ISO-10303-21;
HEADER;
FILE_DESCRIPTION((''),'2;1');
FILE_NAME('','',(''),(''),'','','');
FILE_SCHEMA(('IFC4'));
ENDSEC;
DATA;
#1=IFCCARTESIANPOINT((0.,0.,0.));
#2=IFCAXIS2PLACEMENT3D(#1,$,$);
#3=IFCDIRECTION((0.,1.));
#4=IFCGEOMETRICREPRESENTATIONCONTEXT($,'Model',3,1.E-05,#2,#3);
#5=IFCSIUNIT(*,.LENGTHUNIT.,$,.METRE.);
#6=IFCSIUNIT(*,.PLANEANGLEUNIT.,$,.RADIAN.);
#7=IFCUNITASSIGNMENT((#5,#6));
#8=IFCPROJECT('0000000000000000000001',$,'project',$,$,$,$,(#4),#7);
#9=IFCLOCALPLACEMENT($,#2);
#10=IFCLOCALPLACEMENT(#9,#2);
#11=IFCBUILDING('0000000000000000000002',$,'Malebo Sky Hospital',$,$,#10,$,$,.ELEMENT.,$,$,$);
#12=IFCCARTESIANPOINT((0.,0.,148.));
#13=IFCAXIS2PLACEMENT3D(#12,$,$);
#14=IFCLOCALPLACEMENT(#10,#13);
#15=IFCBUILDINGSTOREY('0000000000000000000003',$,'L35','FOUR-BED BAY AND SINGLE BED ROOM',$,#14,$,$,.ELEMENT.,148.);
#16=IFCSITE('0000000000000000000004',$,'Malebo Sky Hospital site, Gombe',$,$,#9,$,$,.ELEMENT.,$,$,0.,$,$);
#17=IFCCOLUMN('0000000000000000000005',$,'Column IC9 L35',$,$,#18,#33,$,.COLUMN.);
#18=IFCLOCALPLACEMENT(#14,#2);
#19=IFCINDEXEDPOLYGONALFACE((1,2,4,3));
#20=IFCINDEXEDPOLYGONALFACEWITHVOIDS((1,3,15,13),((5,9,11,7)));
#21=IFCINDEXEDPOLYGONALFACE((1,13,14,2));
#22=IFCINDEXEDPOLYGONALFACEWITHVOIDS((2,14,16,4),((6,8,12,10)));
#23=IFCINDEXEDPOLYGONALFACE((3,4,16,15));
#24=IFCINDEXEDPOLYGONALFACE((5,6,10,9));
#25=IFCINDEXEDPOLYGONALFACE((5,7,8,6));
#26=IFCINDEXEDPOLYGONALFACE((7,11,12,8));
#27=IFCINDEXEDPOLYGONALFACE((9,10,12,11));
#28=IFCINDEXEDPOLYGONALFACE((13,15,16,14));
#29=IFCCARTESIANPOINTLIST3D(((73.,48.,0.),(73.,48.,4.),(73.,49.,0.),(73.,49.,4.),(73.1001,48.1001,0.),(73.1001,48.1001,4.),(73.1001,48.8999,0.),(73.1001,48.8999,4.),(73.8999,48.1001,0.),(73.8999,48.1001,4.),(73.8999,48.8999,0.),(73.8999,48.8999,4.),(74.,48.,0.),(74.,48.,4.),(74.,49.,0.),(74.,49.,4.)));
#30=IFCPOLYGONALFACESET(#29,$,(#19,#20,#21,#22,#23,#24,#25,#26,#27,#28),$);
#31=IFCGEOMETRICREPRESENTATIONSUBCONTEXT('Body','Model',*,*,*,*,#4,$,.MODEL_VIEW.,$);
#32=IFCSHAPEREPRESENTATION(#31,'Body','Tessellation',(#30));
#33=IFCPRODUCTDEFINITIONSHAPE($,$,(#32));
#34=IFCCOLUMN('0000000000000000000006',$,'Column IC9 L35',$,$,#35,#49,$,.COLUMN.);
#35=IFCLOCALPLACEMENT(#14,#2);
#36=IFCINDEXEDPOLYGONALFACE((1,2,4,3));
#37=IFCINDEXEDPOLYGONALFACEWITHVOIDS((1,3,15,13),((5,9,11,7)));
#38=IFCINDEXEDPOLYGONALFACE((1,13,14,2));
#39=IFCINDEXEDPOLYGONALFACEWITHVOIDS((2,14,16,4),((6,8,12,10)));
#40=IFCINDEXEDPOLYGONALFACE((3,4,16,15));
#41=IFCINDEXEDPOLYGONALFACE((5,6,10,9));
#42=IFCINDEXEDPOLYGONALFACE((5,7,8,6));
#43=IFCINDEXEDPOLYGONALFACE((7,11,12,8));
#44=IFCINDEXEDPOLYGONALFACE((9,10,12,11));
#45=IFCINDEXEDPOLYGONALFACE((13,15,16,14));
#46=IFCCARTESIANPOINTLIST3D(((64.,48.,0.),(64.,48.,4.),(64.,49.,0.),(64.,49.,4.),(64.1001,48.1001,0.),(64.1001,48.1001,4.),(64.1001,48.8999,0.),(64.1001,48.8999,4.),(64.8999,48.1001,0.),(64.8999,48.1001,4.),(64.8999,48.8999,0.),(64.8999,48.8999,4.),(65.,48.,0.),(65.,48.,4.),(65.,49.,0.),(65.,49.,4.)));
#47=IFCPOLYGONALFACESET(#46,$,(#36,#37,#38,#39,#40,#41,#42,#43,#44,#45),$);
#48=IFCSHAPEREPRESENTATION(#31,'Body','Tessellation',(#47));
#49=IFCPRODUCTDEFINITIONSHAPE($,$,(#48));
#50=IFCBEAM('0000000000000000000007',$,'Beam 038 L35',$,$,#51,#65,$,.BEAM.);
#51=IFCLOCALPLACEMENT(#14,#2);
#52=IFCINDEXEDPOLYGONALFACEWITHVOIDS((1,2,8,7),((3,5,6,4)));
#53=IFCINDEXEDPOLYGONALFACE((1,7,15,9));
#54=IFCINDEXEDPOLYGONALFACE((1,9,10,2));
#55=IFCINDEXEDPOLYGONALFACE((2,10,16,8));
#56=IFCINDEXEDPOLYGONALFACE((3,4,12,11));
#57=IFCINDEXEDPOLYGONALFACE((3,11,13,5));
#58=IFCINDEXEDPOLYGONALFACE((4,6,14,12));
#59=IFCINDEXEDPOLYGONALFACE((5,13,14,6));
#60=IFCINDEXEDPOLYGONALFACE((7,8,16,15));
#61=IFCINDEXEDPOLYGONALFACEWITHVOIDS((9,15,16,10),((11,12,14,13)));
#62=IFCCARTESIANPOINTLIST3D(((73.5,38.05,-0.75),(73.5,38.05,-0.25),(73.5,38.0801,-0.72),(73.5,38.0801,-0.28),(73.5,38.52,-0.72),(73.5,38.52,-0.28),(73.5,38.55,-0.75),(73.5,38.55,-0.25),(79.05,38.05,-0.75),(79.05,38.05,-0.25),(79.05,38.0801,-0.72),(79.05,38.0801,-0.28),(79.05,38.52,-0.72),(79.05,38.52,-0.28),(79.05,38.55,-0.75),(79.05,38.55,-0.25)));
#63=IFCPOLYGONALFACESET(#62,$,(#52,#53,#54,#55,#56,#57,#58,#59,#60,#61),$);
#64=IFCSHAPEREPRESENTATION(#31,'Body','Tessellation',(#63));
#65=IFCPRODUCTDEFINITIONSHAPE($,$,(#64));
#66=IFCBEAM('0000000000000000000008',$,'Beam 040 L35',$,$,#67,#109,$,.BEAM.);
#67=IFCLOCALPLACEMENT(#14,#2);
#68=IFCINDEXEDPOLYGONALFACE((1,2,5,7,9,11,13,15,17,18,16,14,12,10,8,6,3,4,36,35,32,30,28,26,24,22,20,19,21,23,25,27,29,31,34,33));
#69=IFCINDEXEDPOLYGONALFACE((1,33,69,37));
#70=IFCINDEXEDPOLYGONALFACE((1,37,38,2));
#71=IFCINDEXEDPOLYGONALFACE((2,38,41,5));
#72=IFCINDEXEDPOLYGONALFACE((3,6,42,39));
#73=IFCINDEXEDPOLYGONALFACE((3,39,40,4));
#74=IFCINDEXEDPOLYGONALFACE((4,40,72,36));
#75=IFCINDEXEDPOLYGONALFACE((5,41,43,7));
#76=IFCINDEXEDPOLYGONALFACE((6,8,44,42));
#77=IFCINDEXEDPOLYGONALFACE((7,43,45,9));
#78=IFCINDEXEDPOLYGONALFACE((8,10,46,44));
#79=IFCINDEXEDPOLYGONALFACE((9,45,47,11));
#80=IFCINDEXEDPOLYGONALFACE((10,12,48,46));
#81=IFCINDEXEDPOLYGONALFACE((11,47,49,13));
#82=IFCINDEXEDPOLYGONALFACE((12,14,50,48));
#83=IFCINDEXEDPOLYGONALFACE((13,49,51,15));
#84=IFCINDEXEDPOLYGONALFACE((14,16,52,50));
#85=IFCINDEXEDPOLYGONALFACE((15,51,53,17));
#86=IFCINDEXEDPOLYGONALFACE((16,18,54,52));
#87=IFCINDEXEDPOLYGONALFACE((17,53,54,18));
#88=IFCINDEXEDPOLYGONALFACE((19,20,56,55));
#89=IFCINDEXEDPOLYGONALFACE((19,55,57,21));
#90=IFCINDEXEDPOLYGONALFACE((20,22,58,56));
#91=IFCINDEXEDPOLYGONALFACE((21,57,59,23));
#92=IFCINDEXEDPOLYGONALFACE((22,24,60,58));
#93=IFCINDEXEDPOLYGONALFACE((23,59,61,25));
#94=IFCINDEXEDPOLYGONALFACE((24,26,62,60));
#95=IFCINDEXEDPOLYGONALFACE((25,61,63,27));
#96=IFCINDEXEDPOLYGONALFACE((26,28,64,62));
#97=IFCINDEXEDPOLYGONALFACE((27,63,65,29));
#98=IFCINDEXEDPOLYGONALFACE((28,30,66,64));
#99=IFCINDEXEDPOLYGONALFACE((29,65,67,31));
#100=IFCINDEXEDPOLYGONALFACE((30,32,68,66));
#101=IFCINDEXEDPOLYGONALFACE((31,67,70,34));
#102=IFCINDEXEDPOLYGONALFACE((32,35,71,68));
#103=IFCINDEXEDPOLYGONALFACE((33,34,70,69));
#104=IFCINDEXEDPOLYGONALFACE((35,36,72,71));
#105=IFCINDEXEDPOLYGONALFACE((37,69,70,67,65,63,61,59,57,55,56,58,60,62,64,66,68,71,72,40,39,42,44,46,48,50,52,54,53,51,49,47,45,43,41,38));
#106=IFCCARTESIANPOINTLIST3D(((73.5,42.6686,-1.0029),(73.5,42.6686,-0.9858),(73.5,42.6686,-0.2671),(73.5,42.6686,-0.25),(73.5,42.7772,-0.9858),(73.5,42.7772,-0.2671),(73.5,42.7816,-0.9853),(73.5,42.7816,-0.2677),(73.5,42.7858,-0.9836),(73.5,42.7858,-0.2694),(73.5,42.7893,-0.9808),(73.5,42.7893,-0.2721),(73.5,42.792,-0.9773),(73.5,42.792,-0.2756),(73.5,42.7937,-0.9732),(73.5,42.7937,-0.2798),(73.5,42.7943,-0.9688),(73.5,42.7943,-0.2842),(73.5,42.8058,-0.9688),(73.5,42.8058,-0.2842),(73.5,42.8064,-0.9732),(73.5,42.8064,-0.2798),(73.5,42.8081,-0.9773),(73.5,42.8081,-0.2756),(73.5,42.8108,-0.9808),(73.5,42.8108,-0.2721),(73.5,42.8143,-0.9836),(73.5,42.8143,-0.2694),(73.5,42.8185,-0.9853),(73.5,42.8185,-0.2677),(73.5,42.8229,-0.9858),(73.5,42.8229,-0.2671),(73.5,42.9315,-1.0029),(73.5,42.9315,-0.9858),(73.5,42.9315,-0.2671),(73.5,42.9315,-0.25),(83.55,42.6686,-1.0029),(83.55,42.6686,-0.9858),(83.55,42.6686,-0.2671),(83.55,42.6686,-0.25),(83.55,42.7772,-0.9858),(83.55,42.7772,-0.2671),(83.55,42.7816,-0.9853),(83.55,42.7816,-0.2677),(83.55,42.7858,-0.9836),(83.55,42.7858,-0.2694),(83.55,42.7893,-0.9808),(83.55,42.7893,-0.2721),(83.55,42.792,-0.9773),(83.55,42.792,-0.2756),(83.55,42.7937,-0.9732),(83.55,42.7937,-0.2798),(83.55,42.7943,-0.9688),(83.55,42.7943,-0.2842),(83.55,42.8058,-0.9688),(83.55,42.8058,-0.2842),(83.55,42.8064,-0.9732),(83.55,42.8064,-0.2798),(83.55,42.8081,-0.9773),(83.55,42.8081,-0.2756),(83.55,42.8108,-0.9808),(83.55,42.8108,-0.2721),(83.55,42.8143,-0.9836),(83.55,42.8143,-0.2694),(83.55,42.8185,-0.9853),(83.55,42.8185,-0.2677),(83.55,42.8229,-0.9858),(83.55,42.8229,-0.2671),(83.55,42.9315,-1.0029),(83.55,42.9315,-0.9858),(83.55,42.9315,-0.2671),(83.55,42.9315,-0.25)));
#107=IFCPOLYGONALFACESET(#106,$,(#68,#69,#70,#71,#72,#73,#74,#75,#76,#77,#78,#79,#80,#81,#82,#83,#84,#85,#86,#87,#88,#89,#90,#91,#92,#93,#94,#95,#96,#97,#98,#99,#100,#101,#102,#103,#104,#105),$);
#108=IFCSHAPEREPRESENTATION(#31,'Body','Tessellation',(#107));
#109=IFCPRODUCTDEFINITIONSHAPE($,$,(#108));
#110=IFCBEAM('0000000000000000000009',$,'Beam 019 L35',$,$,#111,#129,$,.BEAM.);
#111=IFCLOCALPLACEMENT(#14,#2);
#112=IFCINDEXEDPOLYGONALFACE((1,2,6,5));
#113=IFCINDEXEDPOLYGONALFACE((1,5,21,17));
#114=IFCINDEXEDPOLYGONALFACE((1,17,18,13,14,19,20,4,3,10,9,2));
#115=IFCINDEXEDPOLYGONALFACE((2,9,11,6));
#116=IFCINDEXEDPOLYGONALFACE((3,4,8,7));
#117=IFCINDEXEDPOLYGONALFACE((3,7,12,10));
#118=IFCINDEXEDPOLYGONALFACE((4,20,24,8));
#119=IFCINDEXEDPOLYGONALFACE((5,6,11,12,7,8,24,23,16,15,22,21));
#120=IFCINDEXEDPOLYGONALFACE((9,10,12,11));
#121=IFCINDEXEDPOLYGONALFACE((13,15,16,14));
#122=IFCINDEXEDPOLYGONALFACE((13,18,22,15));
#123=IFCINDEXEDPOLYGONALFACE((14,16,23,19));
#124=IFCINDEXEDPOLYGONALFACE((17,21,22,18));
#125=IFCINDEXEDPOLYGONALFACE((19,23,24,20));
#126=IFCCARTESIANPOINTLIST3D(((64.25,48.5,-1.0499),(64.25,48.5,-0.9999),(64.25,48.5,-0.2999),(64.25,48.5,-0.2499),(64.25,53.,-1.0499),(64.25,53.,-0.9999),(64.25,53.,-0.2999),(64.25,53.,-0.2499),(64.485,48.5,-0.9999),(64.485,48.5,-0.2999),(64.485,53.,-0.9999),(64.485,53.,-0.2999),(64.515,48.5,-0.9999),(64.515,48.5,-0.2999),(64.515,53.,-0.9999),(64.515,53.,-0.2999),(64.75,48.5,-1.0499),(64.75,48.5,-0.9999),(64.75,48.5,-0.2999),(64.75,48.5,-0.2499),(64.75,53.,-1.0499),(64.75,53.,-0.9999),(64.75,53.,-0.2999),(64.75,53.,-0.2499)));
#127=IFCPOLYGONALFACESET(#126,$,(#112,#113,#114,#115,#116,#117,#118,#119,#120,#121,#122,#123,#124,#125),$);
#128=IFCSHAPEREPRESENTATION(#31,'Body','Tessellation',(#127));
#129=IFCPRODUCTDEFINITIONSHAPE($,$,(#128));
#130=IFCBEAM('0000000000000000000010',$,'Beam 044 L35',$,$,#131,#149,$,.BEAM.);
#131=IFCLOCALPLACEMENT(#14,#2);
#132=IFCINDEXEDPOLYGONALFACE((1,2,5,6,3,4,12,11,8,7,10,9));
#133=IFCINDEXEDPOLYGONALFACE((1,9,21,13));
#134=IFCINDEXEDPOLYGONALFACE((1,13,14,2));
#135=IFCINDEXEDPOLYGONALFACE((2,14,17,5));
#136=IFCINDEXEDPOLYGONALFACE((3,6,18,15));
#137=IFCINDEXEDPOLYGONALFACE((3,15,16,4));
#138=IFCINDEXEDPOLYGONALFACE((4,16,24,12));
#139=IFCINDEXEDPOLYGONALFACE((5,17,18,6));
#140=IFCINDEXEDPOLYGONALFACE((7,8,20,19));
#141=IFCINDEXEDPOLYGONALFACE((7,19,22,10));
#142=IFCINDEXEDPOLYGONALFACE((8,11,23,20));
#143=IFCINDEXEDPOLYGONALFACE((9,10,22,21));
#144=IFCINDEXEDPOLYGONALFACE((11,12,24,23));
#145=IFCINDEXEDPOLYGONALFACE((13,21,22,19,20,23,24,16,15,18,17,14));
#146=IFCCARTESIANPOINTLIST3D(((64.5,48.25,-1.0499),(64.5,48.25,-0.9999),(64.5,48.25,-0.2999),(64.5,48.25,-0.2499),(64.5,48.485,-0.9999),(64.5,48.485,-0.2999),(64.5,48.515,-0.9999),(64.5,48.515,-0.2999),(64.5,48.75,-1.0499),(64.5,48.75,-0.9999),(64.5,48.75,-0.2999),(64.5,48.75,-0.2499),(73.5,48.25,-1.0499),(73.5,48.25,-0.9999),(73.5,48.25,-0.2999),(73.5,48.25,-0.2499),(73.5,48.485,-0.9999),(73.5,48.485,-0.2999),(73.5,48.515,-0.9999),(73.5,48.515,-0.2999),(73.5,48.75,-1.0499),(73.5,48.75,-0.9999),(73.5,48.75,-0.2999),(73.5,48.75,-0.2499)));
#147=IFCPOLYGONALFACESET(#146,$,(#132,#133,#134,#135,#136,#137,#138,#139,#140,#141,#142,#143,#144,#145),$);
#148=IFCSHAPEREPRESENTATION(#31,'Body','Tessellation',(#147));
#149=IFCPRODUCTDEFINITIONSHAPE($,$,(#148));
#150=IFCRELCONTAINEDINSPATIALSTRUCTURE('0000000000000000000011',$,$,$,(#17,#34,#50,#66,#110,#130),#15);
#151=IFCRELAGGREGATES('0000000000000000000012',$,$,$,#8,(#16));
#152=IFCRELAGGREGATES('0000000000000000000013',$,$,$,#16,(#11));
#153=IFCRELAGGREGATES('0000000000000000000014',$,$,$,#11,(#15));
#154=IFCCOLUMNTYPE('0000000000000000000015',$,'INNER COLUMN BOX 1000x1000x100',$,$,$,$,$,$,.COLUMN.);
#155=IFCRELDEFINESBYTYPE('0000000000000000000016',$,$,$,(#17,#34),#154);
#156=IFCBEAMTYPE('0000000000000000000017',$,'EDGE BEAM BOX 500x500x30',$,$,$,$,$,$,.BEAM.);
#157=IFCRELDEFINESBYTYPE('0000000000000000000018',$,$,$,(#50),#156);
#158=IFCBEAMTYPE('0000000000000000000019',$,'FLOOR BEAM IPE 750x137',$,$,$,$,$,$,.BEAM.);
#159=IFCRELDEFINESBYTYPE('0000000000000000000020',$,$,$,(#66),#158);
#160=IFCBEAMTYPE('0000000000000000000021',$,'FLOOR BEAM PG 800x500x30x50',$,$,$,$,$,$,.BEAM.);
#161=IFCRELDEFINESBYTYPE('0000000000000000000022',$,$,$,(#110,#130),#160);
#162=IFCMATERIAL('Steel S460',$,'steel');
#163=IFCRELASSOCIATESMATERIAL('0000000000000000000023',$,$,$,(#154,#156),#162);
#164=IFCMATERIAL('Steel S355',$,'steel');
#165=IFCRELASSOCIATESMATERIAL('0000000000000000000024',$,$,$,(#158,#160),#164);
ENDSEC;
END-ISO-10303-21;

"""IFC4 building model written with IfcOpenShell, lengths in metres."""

from ifc_helpers import new_model, si_unit, direction, frame, origin, origin_2d, place, context, subcontext, project, spatial, hollow_rectangle, i_section, extrude, material, material_profile, profile_set, type_object, element, save


model = new_model("IFC4")

# Units and contexts
model_context = context("Model", 3, precision=1e-05, world=origin(), true_north=direction((0.0, 1.0)))
body_context = subcontext(model_context, "Body", "Model", "MODEL_VIEW")
ifc_project = project(units=[si_unit("LENGTHUNIT", "METRE"), si_unit("PLANEANGLEUNIT", "RADIAN")], contexts=[model_context])

# Site, building, storey
site_placement = place(None, origin())
site = spatial("IfcSite", under=ifc_project, at=site_placement, Name="Malebo Sky Hospital site, Gombe", CompositionType="ELEMENT", RefElevation=0.0)
building_placement = place(site_placement, origin())
building = spatial("IfcBuilding", under=site, at=building_placement, Name="Malebo Sky Hospital", CompositionType="ELEMENT")
storey_placement = place(building_placement, frame((0.0, 0.0, 148.0)))
storey = spatial("IfcBuildingStorey", under=building, at=storey_placement, Name="L35", Description="FOUR-BED BAY AND SINGLE BED ROOM", CompositionType="ELEMENT", Elevation=148.0)

# Columns
ifc_material_1 = material(Name="Steel S460", Category="steel")
ifc_material_profile_1 = material_profile(ifc_material_1, hollow_rectangle(XDim=1.0, YDim=1.0, WallThickness=0.1001, at=origin_2d()), Name="BOX 1000x1000x100")
ifc_profile_set_1 = profile_set([ifc_material_profile_1], Name="Steel S460")
column_type = type_object("IfcColumnType", Name="INNER COLUMN BOX 1000x1000x100", PredefinedType="COLUMN", material=ifc_profile_set_1)
for number, where, z_axis, x_axis, name in (
    (1, (73.5, 48.5, 0.0), (0.0, 0.0, 1.0), (1.0, 0.0, 0.0), "Column IC9 L35"),
    (2, (64.5, 48.5, 0.0), (0.0, 0.0, 1.0), (1.0, 0.0, 0.0), "Column IC9 L35"),
):
    element("IfcColumn", number, at=place(storey_placement, frame(where, z_axis=z_axis, x_axis=x_axis)), inside=storey, type_object=column_type, Name=name, PredefinedType="COLUMN", context=body_context, shape_type="SweptSolid", body=[
        extrude(hollow_rectangle(XDim=1.0, YDim=1.0, WallThickness=0.1001, at=origin_2d()), origin(), (0.0, 0.0, 1.0), 4.0),
    ])

# Beams
ifc_material_profile_2 = material_profile(ifc_material_1, hollow_rectangle(XDim=0.5, YDim=0.5, WallThickness=0.03, at=origin_2d()), Name="BOX 500x500x30")
ifc_profile_set_2 = profile_set([ifc_material_profile_2], Name="Steel S460")
beam_type_1 = type_object("IfcBeamType", Name="EDGE BEAM BOX 500x500x30", PredefinedType="BEAM", material=ifc_profile_set_2)
beam_1_placement = place(storey_placement, frame((73.5, 38.3, -0.5), z_axis=(1.0, 0.0, 0.0), x_axis=(0.0, 1.0, 0.0)))
element("IfcBeam", 3, at=beam_1_placement, inside=storey, type_object=beam_type_1, Name="Beam 038 L35", PredefinedType="BEAM", context=body_context, shape_type="SweptSolid", body=[
    extrude(hollow_rectangle(XDim=0.5, YDim=0.5, WallThickness=0.03, at=origin_2d()), origin(), (0.0, 0.0, 1.0), 5.55),
])
ifc_material_2 = material(Name="Steel S355", Category="steel")
ifc_material_profile_3 = material_profile(ifc_material_2, i_section(OverallWidth=0.2629, OverallDepth=0.7529, WebThickness=0.0115, FlangeThickness=0.0171, FilletRadius=0.0171, at=origin_2d()), Name="IPE 750x137")
ifc_profile_set_3 = profile_set([ifc_material_profile_3], Name="Steel S355")
beam_type_2 = type_object("IfcBeamType", Name="FLOOR BEAM IPE 750x137", PredefinedType="BEAM", material=ifc_profile_set_3)
beam_2_placement = place(storey_placement, frame((73.5, 42.8, -0.6265), z_axis=(1.0, 0.0, 0.0), x_axis=(0.0, 1.0, 0.0)))
element("IfcBeam", 4, at=beam_2_placement, inside=storey, type_object=beam_type_2, Name="Beam 040 L35", PredefinedType="BEAM", context=body_context, shape_type="SweptSolid", body=[
    extrude(i_section(OverallWidth=0.2629, OverallDepth=0.7529, WebThickness=0.0115, FlangeThickness=0.0171, FilletRadius=0.0171, at=origin_2d()), origin(), (0.0, 0.0, 1.0), 10.05),
])
ifc_material_profile_4 = material_profile(ifc_material_2, i_section(OverallWidth=0.5, OverallDepth=0.8, WebThickness=0.03, FlangeThickness=0.05, at=origin_2d()), Name="PG 800x500x30x50")
ifc_profile_set_4 = profile_set([ifc_material_profile_4], Name="Steel S355")
beam_type_3 = type_object("IfcBeamType", Name="FLOOR BEAM PG 800x500x30x50", PredefinedType="BEAM", material=ifc_profile_set_4)
beam_3_placement = place(storey_placement, frame((64.5, 48.5, -0.6499), z_axis=(0.0, 1.0, 0.0), x_axis=(-1.0, 0.0, 0.0)))
element("IfcBeam", 5, at=beam_3_placement, inside=storey, type_object=beam_type_3, Name="Beam 019 L35", PredefinedType="BEAM", context=body_context, shape_type="SweptSolid", body=[
    extrude(i_section(OverallWidth=0.5, OverallDepth=0.8, WebThickness=0.03, FlangeThickness=0.05, at=origin_2d()), origin(), (0.0, 0.0, 1.0), 4.5),
])
beam_4_placement = place(storey_placement, frame((64.5, 48.5, -0.6499), z_axis=(1.0, 0.0, 0.0), x_axis=(0.0, 1.0, 0.0)))
element("IfcBeam", 6, at=beam_4_placement, inside=storey, type_object=beam_type_3, Name="Beam 044 L35", PredefinedType="BEAM", context=body_context, shape_type="SweptSolid", body=[
    extrude(i_section(OverallWidth=0.5, OverallDepth=0.8, WebThickness=0.03, FlangeThickness=0.05, at=origin_2d()), origin(), (0.0, 0.0, 1.0), 9.0),
])

save(model, "model.ifc")
